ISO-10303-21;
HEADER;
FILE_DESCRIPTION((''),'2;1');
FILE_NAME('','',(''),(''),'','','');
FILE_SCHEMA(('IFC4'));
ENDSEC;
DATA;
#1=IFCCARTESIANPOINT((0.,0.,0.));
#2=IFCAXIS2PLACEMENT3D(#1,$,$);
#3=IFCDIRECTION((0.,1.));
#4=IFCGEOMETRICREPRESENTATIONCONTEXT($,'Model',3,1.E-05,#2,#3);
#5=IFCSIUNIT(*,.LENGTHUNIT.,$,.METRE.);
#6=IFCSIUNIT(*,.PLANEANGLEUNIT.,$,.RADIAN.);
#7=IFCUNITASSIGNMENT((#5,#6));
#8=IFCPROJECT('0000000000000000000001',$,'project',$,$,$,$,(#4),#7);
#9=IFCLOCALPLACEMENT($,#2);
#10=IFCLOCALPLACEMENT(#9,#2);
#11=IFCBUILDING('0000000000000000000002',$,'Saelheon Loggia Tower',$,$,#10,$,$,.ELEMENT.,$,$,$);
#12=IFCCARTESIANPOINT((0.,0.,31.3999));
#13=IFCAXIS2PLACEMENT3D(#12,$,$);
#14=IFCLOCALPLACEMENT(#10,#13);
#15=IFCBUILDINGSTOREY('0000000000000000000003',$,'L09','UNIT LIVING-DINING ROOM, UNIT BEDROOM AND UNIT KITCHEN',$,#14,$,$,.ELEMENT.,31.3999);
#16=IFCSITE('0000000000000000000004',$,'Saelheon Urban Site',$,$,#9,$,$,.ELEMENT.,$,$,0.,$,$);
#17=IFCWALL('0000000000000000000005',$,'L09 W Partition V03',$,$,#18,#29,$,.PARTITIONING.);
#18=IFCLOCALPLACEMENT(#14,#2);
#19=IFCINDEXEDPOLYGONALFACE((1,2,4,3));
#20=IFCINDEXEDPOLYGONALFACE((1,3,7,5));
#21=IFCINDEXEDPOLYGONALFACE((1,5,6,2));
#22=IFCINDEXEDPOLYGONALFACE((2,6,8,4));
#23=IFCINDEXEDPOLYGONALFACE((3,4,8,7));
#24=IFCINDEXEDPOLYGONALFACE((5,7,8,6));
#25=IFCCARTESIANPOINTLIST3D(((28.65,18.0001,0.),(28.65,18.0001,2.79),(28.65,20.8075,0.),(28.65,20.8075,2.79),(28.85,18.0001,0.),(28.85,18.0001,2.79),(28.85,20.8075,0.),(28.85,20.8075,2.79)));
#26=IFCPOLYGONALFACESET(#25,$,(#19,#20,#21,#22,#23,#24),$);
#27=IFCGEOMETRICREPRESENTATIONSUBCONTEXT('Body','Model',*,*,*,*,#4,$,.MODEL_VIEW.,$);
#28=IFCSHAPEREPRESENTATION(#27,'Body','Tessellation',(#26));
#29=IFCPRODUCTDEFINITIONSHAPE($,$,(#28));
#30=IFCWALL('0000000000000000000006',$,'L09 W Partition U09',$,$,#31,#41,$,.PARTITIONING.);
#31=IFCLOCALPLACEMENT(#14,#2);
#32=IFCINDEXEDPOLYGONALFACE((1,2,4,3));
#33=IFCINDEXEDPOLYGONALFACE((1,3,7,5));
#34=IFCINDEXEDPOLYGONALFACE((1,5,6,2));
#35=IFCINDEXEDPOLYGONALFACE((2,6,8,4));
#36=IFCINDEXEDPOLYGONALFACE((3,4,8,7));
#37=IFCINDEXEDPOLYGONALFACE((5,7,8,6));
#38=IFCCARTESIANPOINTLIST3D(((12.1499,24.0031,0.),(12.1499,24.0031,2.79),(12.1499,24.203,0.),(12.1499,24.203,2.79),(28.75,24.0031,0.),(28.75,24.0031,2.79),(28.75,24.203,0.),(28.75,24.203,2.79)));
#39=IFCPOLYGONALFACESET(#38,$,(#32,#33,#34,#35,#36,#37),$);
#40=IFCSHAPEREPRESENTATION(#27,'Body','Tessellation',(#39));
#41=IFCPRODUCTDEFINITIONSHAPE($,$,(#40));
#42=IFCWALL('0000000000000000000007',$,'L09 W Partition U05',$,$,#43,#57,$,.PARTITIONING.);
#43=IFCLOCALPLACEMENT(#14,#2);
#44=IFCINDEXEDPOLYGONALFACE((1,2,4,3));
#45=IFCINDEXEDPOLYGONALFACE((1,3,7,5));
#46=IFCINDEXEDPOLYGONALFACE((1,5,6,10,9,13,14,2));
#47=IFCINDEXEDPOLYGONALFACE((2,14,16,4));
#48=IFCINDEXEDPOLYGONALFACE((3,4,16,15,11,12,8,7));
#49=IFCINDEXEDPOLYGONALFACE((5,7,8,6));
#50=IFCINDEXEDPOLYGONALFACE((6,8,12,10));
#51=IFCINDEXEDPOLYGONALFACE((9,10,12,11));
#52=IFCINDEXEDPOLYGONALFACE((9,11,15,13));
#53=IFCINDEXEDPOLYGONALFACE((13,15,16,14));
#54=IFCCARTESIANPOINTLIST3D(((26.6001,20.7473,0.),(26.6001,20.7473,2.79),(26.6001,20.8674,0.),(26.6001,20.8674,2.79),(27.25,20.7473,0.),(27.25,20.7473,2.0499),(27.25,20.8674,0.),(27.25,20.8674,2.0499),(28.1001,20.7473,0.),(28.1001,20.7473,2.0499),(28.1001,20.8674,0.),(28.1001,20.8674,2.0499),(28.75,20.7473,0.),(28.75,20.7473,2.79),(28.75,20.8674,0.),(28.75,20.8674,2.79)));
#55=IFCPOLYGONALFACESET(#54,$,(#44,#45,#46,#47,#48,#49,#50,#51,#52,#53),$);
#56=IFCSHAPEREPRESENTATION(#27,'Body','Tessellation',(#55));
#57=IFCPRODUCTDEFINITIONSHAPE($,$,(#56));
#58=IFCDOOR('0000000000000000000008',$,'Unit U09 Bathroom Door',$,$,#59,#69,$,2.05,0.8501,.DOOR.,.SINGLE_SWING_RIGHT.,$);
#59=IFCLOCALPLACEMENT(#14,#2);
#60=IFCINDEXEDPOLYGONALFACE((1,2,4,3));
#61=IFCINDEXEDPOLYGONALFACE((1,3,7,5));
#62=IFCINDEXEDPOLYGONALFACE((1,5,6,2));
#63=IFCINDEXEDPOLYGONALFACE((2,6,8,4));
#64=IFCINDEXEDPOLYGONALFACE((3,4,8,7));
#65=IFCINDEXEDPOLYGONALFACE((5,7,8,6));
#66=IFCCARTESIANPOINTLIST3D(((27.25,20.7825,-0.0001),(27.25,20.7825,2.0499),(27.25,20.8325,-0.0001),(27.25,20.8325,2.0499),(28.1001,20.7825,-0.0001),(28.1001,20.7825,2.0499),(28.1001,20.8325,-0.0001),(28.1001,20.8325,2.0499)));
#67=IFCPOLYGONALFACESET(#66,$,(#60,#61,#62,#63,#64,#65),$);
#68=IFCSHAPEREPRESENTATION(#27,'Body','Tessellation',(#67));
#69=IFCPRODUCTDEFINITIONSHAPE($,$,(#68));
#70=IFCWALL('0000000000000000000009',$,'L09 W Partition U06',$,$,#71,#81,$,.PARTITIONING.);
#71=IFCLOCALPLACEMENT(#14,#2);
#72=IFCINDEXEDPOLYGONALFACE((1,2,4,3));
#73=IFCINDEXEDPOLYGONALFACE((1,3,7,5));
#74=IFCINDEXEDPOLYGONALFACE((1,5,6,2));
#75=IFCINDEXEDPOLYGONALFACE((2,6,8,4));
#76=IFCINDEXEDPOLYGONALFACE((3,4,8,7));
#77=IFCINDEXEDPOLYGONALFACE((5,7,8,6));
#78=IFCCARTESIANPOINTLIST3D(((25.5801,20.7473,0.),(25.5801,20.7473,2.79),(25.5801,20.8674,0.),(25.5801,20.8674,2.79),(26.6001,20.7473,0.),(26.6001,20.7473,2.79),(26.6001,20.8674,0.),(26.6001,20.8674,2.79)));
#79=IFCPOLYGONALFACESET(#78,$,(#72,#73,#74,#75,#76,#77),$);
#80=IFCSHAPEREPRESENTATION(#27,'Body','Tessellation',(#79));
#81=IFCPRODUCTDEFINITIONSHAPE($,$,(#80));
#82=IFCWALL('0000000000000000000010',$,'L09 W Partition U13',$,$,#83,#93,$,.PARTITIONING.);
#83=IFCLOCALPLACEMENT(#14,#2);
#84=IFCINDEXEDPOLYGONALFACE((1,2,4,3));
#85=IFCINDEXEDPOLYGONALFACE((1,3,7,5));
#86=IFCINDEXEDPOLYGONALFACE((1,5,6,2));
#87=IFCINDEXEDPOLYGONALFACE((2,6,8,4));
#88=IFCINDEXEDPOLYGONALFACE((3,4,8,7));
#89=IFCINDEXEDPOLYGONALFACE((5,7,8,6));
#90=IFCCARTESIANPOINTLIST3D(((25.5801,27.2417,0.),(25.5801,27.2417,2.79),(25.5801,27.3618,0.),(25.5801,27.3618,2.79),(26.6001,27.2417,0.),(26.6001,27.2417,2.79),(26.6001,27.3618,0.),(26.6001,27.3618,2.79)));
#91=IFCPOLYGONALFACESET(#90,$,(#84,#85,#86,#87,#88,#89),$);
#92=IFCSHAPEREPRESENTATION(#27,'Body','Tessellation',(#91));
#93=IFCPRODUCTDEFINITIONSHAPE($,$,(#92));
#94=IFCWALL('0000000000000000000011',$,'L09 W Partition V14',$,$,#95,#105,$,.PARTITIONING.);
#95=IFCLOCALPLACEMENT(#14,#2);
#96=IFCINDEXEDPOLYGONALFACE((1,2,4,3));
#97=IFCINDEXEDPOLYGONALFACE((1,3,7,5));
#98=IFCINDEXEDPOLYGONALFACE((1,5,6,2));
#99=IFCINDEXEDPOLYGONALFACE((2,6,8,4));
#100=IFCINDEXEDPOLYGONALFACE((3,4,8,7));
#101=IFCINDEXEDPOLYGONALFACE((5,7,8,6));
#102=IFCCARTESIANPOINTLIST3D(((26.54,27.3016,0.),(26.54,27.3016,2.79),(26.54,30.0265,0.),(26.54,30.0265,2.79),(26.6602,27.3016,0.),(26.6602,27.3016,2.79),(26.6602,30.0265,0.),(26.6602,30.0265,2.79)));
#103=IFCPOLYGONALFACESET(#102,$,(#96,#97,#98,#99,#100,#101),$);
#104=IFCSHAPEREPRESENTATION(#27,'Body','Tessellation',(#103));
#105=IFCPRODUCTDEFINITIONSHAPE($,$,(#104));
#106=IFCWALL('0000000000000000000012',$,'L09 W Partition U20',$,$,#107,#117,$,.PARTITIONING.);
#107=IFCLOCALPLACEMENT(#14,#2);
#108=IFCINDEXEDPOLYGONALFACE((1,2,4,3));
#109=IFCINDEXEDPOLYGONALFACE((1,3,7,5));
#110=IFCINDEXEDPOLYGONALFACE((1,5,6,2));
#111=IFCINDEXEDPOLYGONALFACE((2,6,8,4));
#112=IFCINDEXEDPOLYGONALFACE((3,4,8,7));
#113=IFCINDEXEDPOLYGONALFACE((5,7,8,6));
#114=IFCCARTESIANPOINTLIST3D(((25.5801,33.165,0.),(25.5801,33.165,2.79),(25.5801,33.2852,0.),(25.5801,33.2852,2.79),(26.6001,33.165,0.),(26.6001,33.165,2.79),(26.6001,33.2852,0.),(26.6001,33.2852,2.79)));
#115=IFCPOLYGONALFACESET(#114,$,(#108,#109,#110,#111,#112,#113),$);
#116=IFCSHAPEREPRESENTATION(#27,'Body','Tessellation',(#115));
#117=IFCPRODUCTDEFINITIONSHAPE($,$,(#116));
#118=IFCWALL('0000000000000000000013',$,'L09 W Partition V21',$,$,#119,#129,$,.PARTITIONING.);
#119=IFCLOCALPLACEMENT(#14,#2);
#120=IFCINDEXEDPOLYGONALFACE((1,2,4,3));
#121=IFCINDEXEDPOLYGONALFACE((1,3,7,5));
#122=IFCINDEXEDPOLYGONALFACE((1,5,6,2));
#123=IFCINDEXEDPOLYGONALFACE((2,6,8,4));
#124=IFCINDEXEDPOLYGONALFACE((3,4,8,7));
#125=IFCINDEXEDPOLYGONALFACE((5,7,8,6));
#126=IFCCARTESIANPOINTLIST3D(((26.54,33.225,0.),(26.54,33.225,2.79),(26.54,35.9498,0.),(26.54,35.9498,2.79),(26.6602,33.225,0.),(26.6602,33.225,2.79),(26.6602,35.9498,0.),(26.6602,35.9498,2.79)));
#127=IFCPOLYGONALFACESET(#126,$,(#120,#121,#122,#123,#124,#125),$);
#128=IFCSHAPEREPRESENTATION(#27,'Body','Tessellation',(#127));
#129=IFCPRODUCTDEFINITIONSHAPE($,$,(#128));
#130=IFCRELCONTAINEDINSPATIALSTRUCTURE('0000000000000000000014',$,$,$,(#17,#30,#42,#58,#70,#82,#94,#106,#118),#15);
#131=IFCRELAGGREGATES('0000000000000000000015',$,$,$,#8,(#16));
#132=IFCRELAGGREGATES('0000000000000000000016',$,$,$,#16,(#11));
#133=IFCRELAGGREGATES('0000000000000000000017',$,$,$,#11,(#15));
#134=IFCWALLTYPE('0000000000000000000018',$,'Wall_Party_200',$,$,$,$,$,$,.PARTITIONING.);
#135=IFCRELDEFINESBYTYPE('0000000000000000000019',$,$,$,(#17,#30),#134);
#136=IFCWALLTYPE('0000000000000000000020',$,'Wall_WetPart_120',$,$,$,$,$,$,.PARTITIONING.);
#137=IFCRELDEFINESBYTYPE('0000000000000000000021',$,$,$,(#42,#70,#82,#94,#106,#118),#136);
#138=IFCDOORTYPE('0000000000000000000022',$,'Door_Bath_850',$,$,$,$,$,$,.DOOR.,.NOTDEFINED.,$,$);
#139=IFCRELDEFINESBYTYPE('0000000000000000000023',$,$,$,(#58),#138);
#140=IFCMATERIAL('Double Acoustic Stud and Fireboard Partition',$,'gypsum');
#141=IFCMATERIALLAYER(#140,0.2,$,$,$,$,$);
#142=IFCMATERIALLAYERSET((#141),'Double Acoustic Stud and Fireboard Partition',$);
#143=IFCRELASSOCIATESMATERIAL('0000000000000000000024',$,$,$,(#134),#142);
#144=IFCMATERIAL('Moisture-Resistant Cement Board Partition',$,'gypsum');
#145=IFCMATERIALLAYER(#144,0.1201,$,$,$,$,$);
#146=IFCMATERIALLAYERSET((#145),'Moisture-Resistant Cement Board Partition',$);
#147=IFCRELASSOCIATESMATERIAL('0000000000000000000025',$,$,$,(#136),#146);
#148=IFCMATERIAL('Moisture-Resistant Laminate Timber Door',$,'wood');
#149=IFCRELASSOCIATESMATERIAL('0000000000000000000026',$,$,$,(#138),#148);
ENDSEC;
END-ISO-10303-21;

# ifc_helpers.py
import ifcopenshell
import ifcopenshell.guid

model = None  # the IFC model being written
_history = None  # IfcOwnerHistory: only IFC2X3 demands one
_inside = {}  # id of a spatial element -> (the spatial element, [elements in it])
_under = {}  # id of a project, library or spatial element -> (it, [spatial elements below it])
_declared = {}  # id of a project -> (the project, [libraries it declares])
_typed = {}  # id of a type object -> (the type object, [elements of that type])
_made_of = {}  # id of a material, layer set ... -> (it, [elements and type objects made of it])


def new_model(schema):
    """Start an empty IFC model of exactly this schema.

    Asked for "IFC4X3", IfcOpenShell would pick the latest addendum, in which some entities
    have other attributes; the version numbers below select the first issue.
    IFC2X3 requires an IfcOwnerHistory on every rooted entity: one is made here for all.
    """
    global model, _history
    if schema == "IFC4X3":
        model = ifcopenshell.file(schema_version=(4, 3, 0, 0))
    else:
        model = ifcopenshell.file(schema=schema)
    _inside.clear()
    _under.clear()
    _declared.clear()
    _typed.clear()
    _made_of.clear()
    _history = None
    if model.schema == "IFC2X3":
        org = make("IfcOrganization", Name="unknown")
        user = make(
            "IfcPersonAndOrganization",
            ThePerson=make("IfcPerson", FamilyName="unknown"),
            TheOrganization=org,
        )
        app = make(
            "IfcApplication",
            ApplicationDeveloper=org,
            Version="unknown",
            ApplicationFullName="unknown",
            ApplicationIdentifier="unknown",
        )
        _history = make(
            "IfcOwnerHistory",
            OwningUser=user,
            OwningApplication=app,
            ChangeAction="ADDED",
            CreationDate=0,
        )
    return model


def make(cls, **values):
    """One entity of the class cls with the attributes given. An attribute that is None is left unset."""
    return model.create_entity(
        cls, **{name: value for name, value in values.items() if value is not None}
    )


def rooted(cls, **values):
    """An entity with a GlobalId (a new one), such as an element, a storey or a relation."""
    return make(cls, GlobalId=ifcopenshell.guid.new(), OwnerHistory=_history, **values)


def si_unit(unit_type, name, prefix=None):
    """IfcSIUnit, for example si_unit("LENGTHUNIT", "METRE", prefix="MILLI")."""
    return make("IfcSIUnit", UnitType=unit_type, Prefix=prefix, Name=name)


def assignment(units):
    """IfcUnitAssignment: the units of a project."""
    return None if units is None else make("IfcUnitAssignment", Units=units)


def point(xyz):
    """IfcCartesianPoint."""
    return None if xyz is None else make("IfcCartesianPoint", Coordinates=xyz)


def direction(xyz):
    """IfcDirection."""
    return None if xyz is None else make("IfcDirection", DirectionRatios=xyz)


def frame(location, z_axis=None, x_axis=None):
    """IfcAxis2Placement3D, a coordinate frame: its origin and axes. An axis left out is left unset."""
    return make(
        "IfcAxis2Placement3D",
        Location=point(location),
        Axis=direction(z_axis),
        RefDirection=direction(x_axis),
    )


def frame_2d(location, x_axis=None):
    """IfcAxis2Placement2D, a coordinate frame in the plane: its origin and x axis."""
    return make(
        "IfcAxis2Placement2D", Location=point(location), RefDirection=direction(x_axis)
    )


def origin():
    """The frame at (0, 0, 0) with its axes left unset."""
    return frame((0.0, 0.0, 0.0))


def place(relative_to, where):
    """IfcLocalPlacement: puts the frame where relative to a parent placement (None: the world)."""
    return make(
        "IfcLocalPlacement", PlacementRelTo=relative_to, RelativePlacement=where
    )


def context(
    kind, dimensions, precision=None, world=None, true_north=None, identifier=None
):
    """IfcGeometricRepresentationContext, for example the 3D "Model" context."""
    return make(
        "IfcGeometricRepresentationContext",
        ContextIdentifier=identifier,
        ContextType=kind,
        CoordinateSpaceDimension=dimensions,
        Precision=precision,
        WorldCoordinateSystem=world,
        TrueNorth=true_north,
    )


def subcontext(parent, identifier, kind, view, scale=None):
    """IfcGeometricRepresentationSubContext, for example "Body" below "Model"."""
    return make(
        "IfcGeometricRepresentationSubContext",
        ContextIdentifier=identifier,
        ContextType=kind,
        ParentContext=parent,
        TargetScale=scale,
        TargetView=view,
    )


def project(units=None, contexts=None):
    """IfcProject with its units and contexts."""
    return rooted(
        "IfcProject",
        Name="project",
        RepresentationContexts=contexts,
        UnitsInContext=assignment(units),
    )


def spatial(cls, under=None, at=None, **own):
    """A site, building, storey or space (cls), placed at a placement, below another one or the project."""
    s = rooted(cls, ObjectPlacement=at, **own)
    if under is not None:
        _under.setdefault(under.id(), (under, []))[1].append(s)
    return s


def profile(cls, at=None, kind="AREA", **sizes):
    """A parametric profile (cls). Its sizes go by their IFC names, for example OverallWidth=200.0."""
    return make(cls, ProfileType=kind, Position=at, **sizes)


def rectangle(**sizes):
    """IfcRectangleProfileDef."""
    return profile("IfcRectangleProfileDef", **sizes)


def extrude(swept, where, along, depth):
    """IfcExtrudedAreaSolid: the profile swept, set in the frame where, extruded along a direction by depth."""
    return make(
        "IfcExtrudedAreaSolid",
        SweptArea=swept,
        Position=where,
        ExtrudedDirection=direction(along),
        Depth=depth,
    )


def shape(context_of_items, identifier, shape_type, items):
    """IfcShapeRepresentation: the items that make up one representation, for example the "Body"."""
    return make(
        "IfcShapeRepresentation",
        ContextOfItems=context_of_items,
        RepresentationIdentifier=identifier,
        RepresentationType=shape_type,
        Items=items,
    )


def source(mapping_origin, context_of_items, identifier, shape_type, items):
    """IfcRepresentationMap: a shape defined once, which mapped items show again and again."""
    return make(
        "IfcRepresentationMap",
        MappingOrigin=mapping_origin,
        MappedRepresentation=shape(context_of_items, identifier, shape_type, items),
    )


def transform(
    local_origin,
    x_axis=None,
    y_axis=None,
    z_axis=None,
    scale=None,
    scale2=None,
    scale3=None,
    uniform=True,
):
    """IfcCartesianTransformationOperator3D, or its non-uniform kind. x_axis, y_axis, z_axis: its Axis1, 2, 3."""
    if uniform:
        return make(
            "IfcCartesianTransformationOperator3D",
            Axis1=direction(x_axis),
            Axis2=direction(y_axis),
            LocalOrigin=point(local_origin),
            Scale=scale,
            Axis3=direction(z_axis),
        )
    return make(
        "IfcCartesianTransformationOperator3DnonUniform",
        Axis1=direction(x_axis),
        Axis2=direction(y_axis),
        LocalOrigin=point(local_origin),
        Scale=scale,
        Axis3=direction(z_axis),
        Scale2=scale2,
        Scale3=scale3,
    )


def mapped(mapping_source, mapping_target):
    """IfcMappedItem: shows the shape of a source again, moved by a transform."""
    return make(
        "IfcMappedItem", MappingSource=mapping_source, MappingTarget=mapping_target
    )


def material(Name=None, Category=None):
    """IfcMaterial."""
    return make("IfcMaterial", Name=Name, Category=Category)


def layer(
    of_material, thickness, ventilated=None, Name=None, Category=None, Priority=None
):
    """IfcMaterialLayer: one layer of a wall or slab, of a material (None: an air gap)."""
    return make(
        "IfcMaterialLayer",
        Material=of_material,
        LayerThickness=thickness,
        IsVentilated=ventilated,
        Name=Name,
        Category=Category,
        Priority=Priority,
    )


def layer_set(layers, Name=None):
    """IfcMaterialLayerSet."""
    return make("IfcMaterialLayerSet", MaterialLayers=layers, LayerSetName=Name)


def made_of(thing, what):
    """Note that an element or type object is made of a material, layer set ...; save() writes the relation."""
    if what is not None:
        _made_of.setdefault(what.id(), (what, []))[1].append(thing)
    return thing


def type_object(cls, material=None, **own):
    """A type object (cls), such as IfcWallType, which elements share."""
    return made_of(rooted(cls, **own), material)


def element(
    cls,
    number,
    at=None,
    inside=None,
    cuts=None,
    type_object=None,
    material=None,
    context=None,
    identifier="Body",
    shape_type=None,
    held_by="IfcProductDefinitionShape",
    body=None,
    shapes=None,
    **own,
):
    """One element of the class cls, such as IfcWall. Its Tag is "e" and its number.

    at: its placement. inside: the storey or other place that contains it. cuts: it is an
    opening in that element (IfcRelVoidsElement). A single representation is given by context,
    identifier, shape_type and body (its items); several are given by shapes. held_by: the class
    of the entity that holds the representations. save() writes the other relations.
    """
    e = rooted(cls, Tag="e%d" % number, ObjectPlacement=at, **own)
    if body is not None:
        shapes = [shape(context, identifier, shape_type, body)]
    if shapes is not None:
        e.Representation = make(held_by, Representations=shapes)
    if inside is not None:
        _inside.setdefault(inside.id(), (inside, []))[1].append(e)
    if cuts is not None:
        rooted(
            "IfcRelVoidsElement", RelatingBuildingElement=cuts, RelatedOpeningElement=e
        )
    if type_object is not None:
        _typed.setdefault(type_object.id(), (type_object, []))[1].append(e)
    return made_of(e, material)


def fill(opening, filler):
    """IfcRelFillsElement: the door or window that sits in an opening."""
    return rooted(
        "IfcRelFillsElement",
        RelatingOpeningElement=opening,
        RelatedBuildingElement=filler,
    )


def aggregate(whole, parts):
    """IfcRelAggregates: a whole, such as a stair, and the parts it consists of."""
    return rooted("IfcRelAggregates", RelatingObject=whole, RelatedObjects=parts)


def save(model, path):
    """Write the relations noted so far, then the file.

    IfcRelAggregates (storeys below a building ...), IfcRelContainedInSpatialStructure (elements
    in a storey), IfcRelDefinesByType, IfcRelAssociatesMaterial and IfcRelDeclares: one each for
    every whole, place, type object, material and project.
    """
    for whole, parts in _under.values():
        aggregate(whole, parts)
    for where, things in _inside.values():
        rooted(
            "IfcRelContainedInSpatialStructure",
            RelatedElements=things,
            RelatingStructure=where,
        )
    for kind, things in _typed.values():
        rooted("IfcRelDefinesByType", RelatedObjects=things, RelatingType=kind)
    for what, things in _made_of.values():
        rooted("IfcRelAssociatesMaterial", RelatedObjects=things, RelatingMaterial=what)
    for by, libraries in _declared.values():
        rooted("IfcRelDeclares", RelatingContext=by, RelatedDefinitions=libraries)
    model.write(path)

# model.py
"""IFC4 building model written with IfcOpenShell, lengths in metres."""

from ifc_helpers import new_model, si_unit, direction, frame, frame_2d, origin, place, context, subcontext, project, spatial, rectangle, extrude, source, transform, mapped, material, layer, layer_set, type_object, element, fill, save


model = new_model("IFC4")

# Units and contexts
model_context = context("Model", 3, precision=1e-05, world=origin(), true_north=direction((0.0, 1.0)))
body_context = subcontext(model_context, "Body", "Model", "MODEL_VIEW")
ifc_project = project(units=[si_unit("LENGTHUNIT", "METRE"), si_unit("PLANEANGLEUNIT", "RADIAN")], contexts=[model_context])

# Site, building, storey
site_placement = place(None, origin())
site = spatial("IfcSite", under=ifc_project, at=site_placement, Name="Saelheon Urban Site", CompositionType="ELEMENT", RefElevation=0.0)
building_placement = place(site_placement, origin())
building = spatial("IfcBuilding", under=site, at=building_placement, Name="Saelheon Loggia Tower", CompositionType="ELEMENT")
storey_placement = place(building_placement, frame((0.0, 0.0, 31.3999)))
storey = spatial("IfcBuildingStorey", under=building, at=storey_placement, Name="L09", Description="UNIT LIVING-DINING ROOM, UNIT BEDROOM AND UNIT KITCHEN", CompositionType="ELEMENT", Elevation=31.3999)

# Wall
ifc_material_1 = material(Name="Double Acoustic Stud and Fireboard Partition", Category="gypsum")
ifc_layer_1 = layer(ifc_material_1, 0.2)
ifc_layer_set_1 = layer_set([ifc_layer_1], Name="Double Acoustic Stud and Fireboard Partition")
wall_type_1 = type_object("IfcWallType", Name="Wall_Party_200", PredefinedType="PARTITIONING", material=ifc_layer_set_1)
wall_1_placement = place(storey_placement, frame((28.75, 18.0, 0.0), z_axis=(0.0, 0.0, 1.0), x_axis=(0.0, 1.0, 0.0)))
element("IfcWall", 1, at=wall_1_placement, inside=storey, type_object=wall_type_1, Name="L09 W Partition V03", PredefinedType="PARTITIONING", context=body_context, shape_type="SweptSolid", body=[
    extrude(rectangle(XDim=2.8074, YDim=0.2, at=frame_2d((1.4038, 0.0))), origin(), (0.0, 0.0, 1.0), 2.79),
])

# Wall
wall_2_placement = place(storey_placement, frame((28.75, 24.103, 0.0), z_axis=(0.0, 0.0, 1.0), x_axis=(-1.0, 0.0, 0.0)))
element("IfcWall", 2, at=wall_2_placement, inside=storey, type_object=wall_type_1, Name="L09 W Partition U09", PredefinedType="PARTITIONING", context=body_context, shape_type="SweptSolid", body=[
    extrude(rectangle(XDim=16.6001, YDim=0.2, at=frame_2d((8.3, 0.0))), origin(), (0.0, 0.0, 1.0), 2.79),
])

# Wall, opening, door
ifc_material_2 = material(Name="Moisture-Resistant Cement Board Partition", Category="gypsum")
ifc_layer_2 = layer(ifc_material_2, 0.1201)
ifc_layer_set_2 = layer_set([ifc_layer_2], Name="Moisture-Resistant Cement Board Partition")
wall_type_2 = type_object("IfcWallType", Name="Wall_WetPart_120", PredefinedType="PARTITIONING", material=ifc_layer_set_2)
wall_3_placement = place(storey_placement, frame((28.75, 20.8074, 0.0), z_axis=(0.0, 0.0, 1.0), x_axis=(-1.0, 0.0, 0.0)))
wall_3 = element("IfcWall", 3, at=wall_3_placement, inside=storey, type_object=wall_type_2, Name="L09 W Partition U05", PredefinedType="PARTITIONING", context=body_context, shape_type="SweptSolid", body=[
    extrude(rectangle(XDim=2.1499, YDim=0.1201, at=frame_2d((1.075, 0.0))), origin(), (0.0, 0.0, 1.0), 2.79),
])
opening_1_placement = place(wall_3_placement, frame((0.6499, 0.0, 0.0)))
opening_1 = element("IfcOpeningElement", 4, at=opening_1_placement, cuts=wall_3, PredefinedType="OPENING", context=body_context, shape_type="SweptSolid", body=[
    extrude(rectangle(XDim=0.8501, YDim=2.05, at=frame_2d((0.425, 1.0249))), frame((0.0, 0.072, 0.0), z_axis=(0.0, -1.0, 0.0), x_axis=(1.0, 0.0, 0.0)), (0.0, 0.0, 1.0), 0.144),
])
ifc_material_3 = material(Name="Moisture-Resistant Laminate Timber Door", Category="wood")
door_type_1 = type_object("IfcDoorType", Name="Door_Bath_850", OperationType="NOTDEFINED", PredefinedType="DOOR", material=ifc_material_3)
shared_shape_1 = source(origin(), body_context, "Body", "SweptSolid", [
    extrude(rectangle(XDim=0.8501, YDim=2.05, at=frame_2d((0.425, 1.0249))), frame((0.0, 0.0249, 0.0), z_axis=(0.0, -1.0, 0.0), x_axis=(1.0, 0.0, 0.0)), (0.0, 0.0, 1.0), 0.05),
])
door_1_placement = place(opening_1_placement, origin())
door_1 = element("IfcDoor", 5, at=door_1_placement, inside=storey, type_object=door_type_1, Name="Unit U09 Bathroom Door", OperationType="SINGLE_SWING_RIGHT", OverallHeight=2.05, OverallWidth=0.8501, PredefinedType="DOOR", context=body_context, shape_type="MappedRepresentation", body=[
    mapped(shared_shape_1, transform((0.0, 0.0, 0.0), scale=1.0)),
])
fill(opening_1, door_1)

# Walls
for number, where, z_axis, x_axis, name in (
    (6, (26.6001, 20.8074, 0.0), (0.0, 0.0, 1.0), (-1.0, 0.0, 0.0), "L09 W Partition U06"),
    (7, (26.6001, 27.3018, 0.0), (0.0, 0.0, 1.0), (-1.0, 0.0, 0.0), "L09 W Partition U13"),
):
    element("IfcWall", number, at=place(storey_placement, frame(where, z_axis=z_axis, x_axis=x_axis)), inside=storey, type_object=wall_type_2, Name=name, PredefinedType="PARTITIONING", context=body_context, shape_type="SweptSolid", body=[
        extrude(rectangle(XDim=1.02, YDim=0.1201, at=frame_2d((0.51, 0.0))), origin(), (0.0, 0.0, 1.0), 2.79),
    ])
wall_4_placement = place(storey_placement, frame((26.6001, 27.3018, 0.0), z_axis=(0.0, 0.0, 1.0), x_axis=(0.0, 1.0, 0.0)))
element("IfcWall", 8, at=wall_4_placement, inside=storey, type_object=wall_type_2, Name="L09 W Partition V14", PredefinedType="PARTITIONING", context=body_context, shape_type="SweptSolid", body=[
    extrude(rectangle(XDim=2.7249, YDim=0.1201, at=frame_2d((1.3623, 0.0))), origin(), (0.0, 0.0, 1.0), 2.79),
])
wall_5_placement = place(storey_placement, frame((26.6001, 33.2251, 0.0), z_axis=(0.0, 0.0, 1.0), x_axis=(-1.0, 0.0, 0.0)))
element("IfcWall", 9, at=wall_5_placement, inside=storey, type_object=wall_type_2, Name="L09 W Partition U20", PredefinedType="PARTITIONING", context=body_context, shape_type="SweptSolid", body=[
    extrude(rectangle(XDim=1.02, YDim=0.1201, at=frame_2d((0.51, 0.0))), origin(), (0.0, 0.0, 1.0), 2.79),
])
wall_6_placement = place(storey_placement, frame((26.6001, 33.2251, 0.0), z_axis=(0.0, 0.0, 1.0), x_axis=(0.0, 1.0, 0.0)))
element("IfcWall", 10, at=wall_6_placement, inside=storey, type_object=wall_type_2, Name="L09 W Partition V21", PredefinedType="PARTITIONING", context=body_context, shape_type="SweptSolid", body=[
    extrude(rectangle(XDim=2.7249, YDim=0.1201, at=frame_2d((1.3623, 0.0))), origin(), (0.0, 0.0, 1.0), 2.79),
])

save(model, "model.ifc")
